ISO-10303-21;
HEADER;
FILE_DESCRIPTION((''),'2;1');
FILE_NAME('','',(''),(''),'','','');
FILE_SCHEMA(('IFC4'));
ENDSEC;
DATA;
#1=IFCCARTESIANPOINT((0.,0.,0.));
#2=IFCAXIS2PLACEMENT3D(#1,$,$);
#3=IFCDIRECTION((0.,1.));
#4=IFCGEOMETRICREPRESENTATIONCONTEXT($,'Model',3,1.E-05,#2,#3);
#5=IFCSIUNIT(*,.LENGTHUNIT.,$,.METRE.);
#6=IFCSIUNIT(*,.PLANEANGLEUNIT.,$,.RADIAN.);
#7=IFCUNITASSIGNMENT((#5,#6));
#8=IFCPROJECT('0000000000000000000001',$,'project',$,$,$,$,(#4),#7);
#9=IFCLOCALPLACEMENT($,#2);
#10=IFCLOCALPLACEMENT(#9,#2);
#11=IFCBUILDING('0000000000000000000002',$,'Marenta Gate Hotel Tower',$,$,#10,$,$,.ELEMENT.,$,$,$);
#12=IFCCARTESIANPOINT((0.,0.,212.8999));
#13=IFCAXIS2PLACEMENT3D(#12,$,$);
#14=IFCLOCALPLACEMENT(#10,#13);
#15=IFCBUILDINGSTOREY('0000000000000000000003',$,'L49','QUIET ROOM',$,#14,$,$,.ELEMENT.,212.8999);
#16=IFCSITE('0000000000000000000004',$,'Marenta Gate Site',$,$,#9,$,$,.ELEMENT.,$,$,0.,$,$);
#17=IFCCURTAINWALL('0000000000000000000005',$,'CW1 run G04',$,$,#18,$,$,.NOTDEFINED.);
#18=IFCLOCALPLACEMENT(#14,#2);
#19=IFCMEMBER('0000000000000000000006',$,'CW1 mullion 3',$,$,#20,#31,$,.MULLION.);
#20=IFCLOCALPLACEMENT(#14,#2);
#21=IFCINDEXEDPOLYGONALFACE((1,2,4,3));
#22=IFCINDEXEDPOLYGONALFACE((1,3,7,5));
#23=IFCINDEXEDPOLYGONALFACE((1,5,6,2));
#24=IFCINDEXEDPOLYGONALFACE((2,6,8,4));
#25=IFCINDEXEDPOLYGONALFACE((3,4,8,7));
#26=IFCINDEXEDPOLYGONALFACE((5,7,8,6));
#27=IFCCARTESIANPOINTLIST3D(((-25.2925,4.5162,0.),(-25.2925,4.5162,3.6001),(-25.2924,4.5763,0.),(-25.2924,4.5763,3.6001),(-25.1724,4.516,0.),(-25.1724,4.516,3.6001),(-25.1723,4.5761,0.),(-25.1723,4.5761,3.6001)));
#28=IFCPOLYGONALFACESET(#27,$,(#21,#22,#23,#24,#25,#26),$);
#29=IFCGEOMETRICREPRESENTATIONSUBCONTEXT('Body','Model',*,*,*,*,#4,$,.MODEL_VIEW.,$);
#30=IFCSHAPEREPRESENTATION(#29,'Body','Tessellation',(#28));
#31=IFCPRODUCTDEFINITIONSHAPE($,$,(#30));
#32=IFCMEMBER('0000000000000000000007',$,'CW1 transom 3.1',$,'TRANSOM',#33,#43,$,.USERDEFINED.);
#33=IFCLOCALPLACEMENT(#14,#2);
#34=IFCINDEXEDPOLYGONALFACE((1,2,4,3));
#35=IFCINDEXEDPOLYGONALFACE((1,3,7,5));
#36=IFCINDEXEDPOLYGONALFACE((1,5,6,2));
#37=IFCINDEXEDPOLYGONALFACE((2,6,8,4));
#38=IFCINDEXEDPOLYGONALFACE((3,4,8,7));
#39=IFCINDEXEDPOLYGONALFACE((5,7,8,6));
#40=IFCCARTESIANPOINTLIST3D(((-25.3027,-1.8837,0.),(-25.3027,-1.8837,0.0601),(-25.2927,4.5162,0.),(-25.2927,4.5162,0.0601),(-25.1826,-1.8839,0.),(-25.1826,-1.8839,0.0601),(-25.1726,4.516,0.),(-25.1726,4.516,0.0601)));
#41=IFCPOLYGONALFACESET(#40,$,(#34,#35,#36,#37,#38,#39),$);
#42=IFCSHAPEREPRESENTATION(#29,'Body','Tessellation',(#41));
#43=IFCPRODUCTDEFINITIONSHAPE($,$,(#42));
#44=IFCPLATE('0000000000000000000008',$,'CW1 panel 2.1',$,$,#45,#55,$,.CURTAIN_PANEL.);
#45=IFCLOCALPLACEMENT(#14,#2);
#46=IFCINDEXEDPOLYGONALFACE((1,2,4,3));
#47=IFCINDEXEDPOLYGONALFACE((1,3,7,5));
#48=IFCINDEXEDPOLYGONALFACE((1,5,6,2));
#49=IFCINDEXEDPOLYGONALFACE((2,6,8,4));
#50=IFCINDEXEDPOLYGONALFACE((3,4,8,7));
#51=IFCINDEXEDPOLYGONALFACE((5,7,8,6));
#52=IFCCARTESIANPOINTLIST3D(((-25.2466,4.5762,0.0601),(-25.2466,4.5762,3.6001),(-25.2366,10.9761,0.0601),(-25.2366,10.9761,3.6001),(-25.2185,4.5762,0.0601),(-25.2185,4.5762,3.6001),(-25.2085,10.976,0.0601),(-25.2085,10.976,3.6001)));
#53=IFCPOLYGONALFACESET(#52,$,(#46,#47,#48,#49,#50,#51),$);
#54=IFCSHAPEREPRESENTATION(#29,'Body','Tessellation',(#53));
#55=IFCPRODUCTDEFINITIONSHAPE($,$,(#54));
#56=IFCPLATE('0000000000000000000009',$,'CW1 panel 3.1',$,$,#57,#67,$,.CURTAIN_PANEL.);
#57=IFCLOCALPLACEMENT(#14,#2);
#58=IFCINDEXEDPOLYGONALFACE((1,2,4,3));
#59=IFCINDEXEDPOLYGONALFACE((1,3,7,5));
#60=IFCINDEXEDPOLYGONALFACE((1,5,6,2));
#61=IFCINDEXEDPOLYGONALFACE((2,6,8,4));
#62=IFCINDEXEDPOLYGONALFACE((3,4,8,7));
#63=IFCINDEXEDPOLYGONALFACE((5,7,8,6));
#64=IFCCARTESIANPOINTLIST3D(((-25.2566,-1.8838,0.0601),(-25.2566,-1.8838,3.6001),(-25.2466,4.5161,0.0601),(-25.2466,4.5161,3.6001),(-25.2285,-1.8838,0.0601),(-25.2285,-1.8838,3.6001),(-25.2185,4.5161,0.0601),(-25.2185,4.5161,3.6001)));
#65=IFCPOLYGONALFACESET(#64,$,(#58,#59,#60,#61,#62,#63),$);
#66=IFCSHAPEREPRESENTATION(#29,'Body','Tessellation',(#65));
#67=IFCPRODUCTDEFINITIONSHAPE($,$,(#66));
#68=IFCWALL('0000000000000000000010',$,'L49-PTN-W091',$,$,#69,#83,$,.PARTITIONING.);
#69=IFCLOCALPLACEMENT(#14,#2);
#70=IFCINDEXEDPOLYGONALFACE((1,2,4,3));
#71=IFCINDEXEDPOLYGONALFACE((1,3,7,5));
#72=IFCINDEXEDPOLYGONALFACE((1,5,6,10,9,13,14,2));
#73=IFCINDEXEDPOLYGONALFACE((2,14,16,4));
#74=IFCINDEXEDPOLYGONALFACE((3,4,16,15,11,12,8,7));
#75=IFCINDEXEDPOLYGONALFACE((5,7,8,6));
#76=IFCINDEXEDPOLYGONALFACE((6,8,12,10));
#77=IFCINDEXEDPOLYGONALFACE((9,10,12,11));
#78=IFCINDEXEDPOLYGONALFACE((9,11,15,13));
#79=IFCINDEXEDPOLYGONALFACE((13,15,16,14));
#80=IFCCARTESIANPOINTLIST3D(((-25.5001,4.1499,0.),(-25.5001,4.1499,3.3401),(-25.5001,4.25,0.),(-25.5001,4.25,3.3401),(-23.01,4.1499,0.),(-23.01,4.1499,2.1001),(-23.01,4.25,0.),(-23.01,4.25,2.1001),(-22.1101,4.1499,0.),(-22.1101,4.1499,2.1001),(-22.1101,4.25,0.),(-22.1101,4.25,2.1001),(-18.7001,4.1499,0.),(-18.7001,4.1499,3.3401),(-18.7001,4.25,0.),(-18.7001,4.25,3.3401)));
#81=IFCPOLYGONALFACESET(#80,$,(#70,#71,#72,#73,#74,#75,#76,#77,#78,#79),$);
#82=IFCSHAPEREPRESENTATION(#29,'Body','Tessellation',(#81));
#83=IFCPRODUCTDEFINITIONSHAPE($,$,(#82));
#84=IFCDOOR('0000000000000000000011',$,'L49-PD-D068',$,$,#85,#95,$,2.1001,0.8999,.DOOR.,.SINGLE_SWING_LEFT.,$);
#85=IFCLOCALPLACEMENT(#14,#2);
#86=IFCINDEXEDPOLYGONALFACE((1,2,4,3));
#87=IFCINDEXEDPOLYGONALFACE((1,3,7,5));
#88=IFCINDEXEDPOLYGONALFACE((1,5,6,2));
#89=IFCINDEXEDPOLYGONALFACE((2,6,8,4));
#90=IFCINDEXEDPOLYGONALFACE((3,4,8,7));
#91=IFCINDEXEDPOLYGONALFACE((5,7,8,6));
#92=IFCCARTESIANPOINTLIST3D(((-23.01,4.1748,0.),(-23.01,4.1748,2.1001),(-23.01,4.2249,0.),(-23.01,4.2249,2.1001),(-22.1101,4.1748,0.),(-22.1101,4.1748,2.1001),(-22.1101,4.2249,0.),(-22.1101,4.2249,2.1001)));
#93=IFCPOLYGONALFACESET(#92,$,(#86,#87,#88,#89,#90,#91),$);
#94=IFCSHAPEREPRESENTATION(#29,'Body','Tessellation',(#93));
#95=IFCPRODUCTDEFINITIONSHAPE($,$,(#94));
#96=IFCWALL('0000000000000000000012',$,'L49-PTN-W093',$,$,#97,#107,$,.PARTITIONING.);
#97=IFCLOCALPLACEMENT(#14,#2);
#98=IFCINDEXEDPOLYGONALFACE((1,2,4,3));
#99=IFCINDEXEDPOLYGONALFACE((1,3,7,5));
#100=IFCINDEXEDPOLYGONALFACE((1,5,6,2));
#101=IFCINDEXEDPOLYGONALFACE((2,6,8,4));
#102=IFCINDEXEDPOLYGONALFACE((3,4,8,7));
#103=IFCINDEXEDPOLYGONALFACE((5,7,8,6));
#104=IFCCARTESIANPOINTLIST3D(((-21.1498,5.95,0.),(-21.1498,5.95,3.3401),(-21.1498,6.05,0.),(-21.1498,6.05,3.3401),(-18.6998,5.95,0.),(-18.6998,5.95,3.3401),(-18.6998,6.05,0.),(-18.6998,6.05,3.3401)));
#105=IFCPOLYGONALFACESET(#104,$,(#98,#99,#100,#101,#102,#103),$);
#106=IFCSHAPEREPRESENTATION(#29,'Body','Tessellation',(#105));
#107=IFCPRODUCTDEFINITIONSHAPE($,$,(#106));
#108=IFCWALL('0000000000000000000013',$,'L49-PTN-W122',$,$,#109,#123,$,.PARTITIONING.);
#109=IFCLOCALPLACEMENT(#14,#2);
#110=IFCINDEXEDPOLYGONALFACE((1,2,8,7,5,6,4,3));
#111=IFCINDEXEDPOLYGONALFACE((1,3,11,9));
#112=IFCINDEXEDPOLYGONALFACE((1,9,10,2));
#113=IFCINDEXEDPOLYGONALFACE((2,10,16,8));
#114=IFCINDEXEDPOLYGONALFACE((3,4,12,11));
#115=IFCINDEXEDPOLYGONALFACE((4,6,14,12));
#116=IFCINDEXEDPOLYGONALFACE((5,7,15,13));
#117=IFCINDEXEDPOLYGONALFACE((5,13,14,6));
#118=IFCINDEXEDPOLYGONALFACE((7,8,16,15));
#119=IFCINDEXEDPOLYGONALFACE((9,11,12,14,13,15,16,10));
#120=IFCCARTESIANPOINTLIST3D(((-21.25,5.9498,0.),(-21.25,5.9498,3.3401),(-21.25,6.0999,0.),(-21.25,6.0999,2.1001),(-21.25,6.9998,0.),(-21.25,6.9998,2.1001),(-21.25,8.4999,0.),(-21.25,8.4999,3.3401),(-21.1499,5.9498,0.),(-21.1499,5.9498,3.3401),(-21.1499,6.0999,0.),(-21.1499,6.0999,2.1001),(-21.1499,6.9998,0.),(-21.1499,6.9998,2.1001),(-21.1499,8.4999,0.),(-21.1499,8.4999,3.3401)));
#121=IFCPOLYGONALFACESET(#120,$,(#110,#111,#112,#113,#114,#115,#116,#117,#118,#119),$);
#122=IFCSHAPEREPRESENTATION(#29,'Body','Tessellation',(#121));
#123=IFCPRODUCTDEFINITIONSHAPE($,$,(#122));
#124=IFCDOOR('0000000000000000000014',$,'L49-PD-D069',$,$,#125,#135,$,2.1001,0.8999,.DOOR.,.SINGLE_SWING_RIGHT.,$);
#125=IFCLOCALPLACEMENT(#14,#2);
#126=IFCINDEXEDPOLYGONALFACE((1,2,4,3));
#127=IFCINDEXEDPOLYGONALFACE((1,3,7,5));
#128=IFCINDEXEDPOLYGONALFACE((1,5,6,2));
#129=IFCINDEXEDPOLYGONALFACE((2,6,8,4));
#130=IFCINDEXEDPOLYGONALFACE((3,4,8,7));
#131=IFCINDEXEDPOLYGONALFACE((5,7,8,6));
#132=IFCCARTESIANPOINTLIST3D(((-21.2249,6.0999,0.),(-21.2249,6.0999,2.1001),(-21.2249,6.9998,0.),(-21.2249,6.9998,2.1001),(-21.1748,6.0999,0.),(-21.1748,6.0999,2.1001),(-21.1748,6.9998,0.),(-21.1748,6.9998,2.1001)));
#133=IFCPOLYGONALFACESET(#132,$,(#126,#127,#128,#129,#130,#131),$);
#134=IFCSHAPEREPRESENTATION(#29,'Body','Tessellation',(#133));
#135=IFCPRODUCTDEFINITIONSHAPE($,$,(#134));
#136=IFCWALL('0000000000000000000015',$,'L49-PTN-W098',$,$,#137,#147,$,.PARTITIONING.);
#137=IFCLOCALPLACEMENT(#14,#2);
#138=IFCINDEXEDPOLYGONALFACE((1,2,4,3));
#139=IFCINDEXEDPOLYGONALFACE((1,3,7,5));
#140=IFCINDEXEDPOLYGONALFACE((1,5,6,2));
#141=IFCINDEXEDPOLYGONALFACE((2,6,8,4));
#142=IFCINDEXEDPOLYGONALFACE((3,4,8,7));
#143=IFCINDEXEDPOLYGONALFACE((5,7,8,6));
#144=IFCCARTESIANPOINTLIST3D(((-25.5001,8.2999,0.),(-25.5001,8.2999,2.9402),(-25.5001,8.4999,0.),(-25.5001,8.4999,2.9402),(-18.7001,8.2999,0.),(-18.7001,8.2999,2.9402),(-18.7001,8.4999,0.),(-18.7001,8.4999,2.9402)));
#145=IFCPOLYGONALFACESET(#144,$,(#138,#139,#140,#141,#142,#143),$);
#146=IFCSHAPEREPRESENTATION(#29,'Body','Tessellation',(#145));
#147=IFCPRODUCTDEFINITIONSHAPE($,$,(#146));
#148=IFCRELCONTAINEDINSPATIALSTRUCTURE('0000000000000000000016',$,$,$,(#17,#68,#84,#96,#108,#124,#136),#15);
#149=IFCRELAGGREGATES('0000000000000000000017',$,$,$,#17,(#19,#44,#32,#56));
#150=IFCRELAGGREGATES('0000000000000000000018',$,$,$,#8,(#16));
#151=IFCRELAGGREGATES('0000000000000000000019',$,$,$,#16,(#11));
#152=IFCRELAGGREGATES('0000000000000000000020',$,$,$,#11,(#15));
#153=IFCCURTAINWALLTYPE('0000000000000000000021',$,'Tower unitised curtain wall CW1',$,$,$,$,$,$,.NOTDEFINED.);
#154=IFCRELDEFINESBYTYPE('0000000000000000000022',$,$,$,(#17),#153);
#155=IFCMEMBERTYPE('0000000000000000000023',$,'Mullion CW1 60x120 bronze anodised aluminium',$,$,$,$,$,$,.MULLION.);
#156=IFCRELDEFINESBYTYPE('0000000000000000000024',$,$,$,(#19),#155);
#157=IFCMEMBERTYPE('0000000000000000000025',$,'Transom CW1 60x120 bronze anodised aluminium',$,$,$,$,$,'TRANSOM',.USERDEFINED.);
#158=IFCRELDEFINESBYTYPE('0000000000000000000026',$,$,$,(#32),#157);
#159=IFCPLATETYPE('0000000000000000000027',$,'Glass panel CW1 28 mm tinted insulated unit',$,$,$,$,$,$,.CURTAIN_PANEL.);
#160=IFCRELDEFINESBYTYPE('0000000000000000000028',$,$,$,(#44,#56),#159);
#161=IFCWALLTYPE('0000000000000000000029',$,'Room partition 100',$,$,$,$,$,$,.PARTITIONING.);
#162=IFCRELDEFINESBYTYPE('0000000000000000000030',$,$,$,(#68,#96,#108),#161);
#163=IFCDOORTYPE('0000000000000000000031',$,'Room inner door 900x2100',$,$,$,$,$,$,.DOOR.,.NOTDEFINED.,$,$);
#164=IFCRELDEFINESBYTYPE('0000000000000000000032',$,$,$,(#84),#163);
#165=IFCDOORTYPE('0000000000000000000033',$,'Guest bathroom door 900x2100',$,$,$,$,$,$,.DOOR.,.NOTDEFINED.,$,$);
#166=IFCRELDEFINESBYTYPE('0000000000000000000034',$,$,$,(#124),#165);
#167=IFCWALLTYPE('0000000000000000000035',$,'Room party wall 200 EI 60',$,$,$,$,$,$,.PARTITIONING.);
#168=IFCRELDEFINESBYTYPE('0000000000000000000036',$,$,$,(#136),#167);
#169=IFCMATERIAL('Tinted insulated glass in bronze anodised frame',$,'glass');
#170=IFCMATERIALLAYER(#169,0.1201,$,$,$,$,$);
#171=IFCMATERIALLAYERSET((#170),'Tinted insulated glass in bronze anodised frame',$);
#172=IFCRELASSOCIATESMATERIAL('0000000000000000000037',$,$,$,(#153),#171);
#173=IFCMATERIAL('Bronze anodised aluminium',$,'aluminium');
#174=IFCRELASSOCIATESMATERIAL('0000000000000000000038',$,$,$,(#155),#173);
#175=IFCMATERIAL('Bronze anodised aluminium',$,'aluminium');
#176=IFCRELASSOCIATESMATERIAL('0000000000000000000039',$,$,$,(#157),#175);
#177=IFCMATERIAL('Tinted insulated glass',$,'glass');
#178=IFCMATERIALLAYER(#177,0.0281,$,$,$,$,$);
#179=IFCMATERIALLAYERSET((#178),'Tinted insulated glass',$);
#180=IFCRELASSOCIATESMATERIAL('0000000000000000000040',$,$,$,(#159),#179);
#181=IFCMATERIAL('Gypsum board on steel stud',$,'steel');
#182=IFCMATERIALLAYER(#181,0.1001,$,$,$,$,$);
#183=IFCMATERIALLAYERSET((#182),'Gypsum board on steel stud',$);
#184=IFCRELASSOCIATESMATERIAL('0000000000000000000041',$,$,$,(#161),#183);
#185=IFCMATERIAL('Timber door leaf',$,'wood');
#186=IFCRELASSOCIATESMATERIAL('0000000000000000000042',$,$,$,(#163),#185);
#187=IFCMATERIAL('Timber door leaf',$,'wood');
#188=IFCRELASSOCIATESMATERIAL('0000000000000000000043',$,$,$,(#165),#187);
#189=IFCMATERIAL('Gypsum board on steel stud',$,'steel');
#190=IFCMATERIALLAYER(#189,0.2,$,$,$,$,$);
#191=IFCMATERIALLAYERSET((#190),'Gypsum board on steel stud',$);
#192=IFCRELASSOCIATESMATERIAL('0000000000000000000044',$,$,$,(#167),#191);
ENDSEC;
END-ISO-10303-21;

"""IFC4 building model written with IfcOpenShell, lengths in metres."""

from ifc_helpers import new_model, si_unit, direction, frame, frame_2d, origin, origin_2d, place, context, subcontext, project, spatial, rectangle, extrude, material, layer, layer_set, material_profile, profile_set, type_object, element, fill, aggregate, save


model = new_model("IFC4")

# Units and contexts
model_context = context("Model", 3, precision=1e-05, world=origin(), true_north=direction((0.0, 1.0)))
body_context = subcontext(model_context, "Body", "Model", "MODEL_VIEW")
ifc_project = project(units=[si_unit("LENGTHUNIT", "METRE"), si_unit("PLANEANGLEUNIT", "RADIAN")], contexts=[model_context])

# Site, building, storey
site_placement = place(None, origin())
site = spatial("IfcSite", under=ifc_project, at=site_placement, Name="Marenta Gate Site", CompositionType="ELEMENT", RefElevation=0.0)
building_placement = place(site_placement, origin())
building = spatial("IfcBuilding", under=site, at=building_placement, Name="Marenta Gate Hotel Tower", CompositionType="ELEMENT")
storey_placement = place(building_placement, frame((0.0, 0.0, 212.8999)))
storey = spatial("IfcBuildingStorey", under=building, at=storey_placement, Name="L49", Description="QUIET ROOM", CompositionType="ELEMENT", Elevation=212.8999)

# Curtain wall, members, plates
ifc_material_1 = material(Name="Tinted insulated glass in bronze anodised frame", Category="glass")
ifc_layer_1 = layer(ifc_material_1, 0.1201)
ifc_layer_set_1 = layer_set([ifc_layer_1], Name="Tinted insulated glass in bronze anodised frame")
curtain_wall_type = type_object("IfcCurtainWallType", Name="Tower unitised curtain wall CW1", PredefinedType="NOTDEFINED", material=ifc_layer_set_1)
curtain_wall_placement = place(storey_placement, origin())
curtain_wall = element("IfcCurtainWall", 1, at=curtain_wall_placement, inside=storey, type_object=curtain_wall_type, Name="CW1 run G04", PredefinedType="NOTDEFINED")
ifc_material_2 = material(Name="Bronze anodised aluminium", Category="aluminium")
ifc_material_profile_1 = material_profile(ifc_material_2, rectangle(XDim=0.1201, YDim=0.0601, at=origin_2d()), Name="Mullion CW1 60x120 bronze anodised aluminium")
ifc_profile_set_1 = profile_set([ifc_material_profile_1], Name="Bronze anodised aluminium")
member_type_1 = type_object("IfcMemberType", Name="Mullion CW1 60x120 bronze anodised aluminium", PredefinedType="MULLION", material=ifc_profile_set_1)
member_1_placement = place(storey_placement, frame((-25.2324, 4.5461, 0.0), z_axis=(0.0, 0.0, 1.0), x_axis=(0.999999, -0.001566, 0.0)))
member_1 = element("IfcMember", 2, at=member_1_placement, type_object=member_type_1, Name="CW1 mullion 3", PredefinedType="MULLION", context=body_context, shape_type="SweptSolid", body=[
    extrude(rectangle(XDim=0.1201, YDim=0.0601, at=origin_2d()), origin(), (0.0, 0.0, 1.0), 3.6001),
])
ifc_material_3 = material(Name="Bronze anodised aluminium", Category="aluminium")
ifc_material_profile_2 = material_profile(ifc_material_3, rectangle(XDim=0.1201, YDim=0.0601, at=origin_2d()), Name="Transom CW1 60x120 bronze anodised aluminium")
ifc_profile_set_2 = profile_set([ifc_material_profile_2], Name="Bronze anodised aluminium")
member_type_2 = type_object("IfcMemberType", Name="Transom CW1 60x120 bronze anodised aluminium", ElementType="TRANSOM", PredefinedType="USERDEFINED", material=ifc_profile_set_2)
member_2_placement = place(storey_placement, frame((-25.2327, 4.5161, 0.03), z_axis=(-0.001564, -0.999999, 0.0), x_axis=(0.999999, -0.001564, 0.0)))
member_2 = element("IfcMember", 3, at=member_2_placement, type_object=member_type_2, Name="CW1 transom 3.1", ObjectType="TRANSOM", PredefinedType="USERDEFINED", context=body_context, shape_type="SweptSolid", body=[
    extrude(rectangle(XDim=0.1201, YDim=0.0601, at=origin_2d()), origin(), (0.0, 0.0, 1.0), 6.3999),
])
ifc_material_4 = material(Name="Tinted insulated glass", Category="glass")
ifc_layer_2 = layer(ifc_material_4, 0.0281)
ifc_layer_set_2 = layer_set([ifc_layer_2], Name="Tinted insulated glass")
plate_type = type_object("IfcPlateType", Name="Glass panel CW1 28 mm tinted insulated unit", PredefinedType="CURTAIN_PANEL", material=ifc_layer_set_2)
plate_1_placement = place(storey_placement, frame((-25.2275, 7.7761, 0.0601), z_axis=(0.0, 0.0, 1.0), x_axis=(-0.001566, -0.999999, 0.0)))
plate_1 = element("IfcPlate", 4, at=plate_1_placement, type_object=plate_type, Name="CW1 panel 2.1", PredefinedType="CURTAIN_PANEL", context=body_context, shape_type="SweptSolid", body=[
    extrude(rectangle(XDim=6.3999, YDim=0.0281, at=origin_2d()), origin(), (0.0, 0.0, 1.0), 3.54),
])
plate_2_placement = place(storey_placement, frame((-25.2375, 1.3162, 0.0601), z_axis=(0.0, 0.0, 1.0), x_axis=(-0.001566, -0.999999, 0.0)))
plate_2 = element("IfcPlate", 5, at=plate_2_placement, type_object=plate_type, Name="CW1 panel 3.1", PredefinedType="CURTAIN_PANEL", context=body_context, shape_type="SweptSolid", body=[
    extrude(rectangle(XDim=6.3999, YDim=0.0281, at=origin_2d()), origin(), (0.0, 0.0, 1.0), 3.54),
])
aggregate(curtain_wall, [member_1, plate_1, member_2, plate_2])

# Wall, opening, door
ifc_material_5 = material(Name="Gypsum board on steel stud", Category="steel")
ifc_layer_3 = layer(ifc_material_5, 0.1001)
ifc_layer_set_3 = layer_set([ifc_layer_3], Name="Gypsum board on steel stud")
wall_type_1 = type_object("IfcWallType", Name="Room partition 100", PredefinedType="PARTITIONING", material=ifc_layer_set_3)
wall_1_placement = place(storey_placement, frame((-25.5, 4.2, 0.0), z_axis=(0.0, 0.0, 1.0), x_axis=(1.0, 0.0, 0.0)))
wall_1 = element("IfcWall", 6, at=wall_1_placement, inside=storey, type_object=wall_type_1, Name="L49-PTN-W091", PredefinedType="PARTITIONING", context=body_context, shape_type="SweptSolid", body=[
    extrude(rectangle(XDim=6.8, YDim=0.1001, at=frame_2d((3.3999, 0.0))), origin(), (0.0, 0.0, 1.0), 3.3401),
])
opening_1_placement = place(wall_1_placement, frame((2.49, 0.0, 0.0)))
opening_1 = element("IfcOpeningElement", 7, at=opening_1_placement, cuts=wall_1, PredefinedType="OPENING", context=body_context, shape_type="SweptSolid", body=[
    extrude(rectangle(XDim=0.8999, YDim=2.1001, at=frame_2d((0.45, 1.05))), frame((0.0, 0.05, 0.0), z_axis=(0.0, -1.0, 0.0), x_axis=(1.0, 0.0, 0.0)), (0.0, 0.0, 1.0), 0.1001),
])
ifc_material_6 = material(Name="Timber door leaf", Category="wood")
door_type_1 = type_object("IfcDoorType", Name="Room inner door 900x2100", OperationType="NOTDEFINED", PredefinedType="DOOR", material=ifc_material_6)
door_1_placement = place(opening_1_placement, origin())
door_1 = element("IfcDoor", 8, at=door_1_placement, inside=storey, type_object=door_type_1, Name="L49-PD-D068", OperationType="SINGLE_SWING_LEFT", OverallHeight=2.1001, OverallWidth=0.8999, PredefinedType="DOOR", context=body_context, shape_type="SweptSolid", body=[
    extrude(rectangle(XDim=0.8999, YDim=2.1001, at=frame_2d((0.45, 1.05))), frame((0.0, 0.0249, 0.0), z_axis=(0.0, -1.0, 0.0), x_axis=(1.0, 0.0, 0.0)), (0.0, 0.0, 1.0), 0.05),
])
fill(opening_1, door_1)

# Wall
wall_2_placement = place(storey_placement, frame((-21.1499, 6.0, 0.0), z_axis=(0.0, 0.0, 1.0), x_axis=(1.0, 0.0, 0.0)))
element("IfcWall", 9, at=wall_2_placement, inside=storey, type_object=wall_type_1, Name="L49-PTN-W093", PredefinedType="PARTITIONING", context=body_context, shape_type="SweptSolid", body=[
    extrude(rectangle(XDim=2.45, YDim=0.1001, at=frame_2d((1.2251, 0.0))), origin(), (0.0, 0.0, 1.0), 3.3401),
])

# Wall, opening, door
wall_3_placement = place(storey_placement, frame((-21.2, 5.95, 0.0), z_axis=(0.0, 0.0, 1.0), x_axis=(0.0, 1.0, 0.0)))
wall_3 = element("IfcWall", 10, at=wall_3_placement, inside=storey, type_object=wall_type_1, Name="L49-PTN-W122", PredefinedType="PARTITIONING", context=body_context, shape_type="SweptSolid", body=[
    extrude(rectangle(XDim=2.55, YDim=0.1001, at=frame_2d((1.2749, 0.0))), origin(), (0.0, 0.0, 1.0), 3.3401),
])
opening_2_placement = place(wall_3_placement, frame((0.1499, 0.0, 0.0)))
opening_2 = element("IfcOpeningElement", 11, at=opening_2_placement, cuts=wall_3, PredefinedType="OPENING", context=body_context, shape_type="SweptSolid", body=[
    extrude(rectangle(XDim=0.8999, YDim=2.1001, at=frame_2d((0.45, 1.05))), frame((0.0, 0.05, 0.0), z_axis=(0.0, -1.0, 0.0), x_axis=(1.0, 0.0, 0.0)), (0.0, 0.0, 1.0), 0.1001),
])
ifc_material_7 = material(Name="Timber door leaf", Category="wood")
door_type_2 = type_object("IfcDoorType", Name="Guest bathroom door 900x2100", OperationType="NOTDEFINED", PredefinedType="DOOR", material=ifc_material_7)
door_2_placement = place(opening_2_placement, origin())
door_2 = element("IfcDoor", 12, at=door_2_placement, inside=storey, type_object=door_type_2, Name="L49-PD-D069", OperationType="SINGLE_SWING_RIGHT", OverallHeight=2.1001, OverallWidth=0.8999, PredefinedType="DOOR", context=body_context, shape_type="SweptSolid", body=[
    extrude(rectangle(XDim=0.8999, YDim=2.1001, at=frame_2d((0.45, 1.05))), frame((0.0, 0.0249, 0.0), z_axis=(0.0, -1.0, 0.0), x_axis=(1.0, 0.0, 0.0)), (0.0, 0.0, 1.0), 0.05),
])
fill(opening_2, door_2)

# Wall
ifc_material_8 = material(Name="Gypsum board on steel stud", Category="steel")
ifc_layer_4 = layer(ifc_material_8, 0.2)
ifc_layer_set_4 = layer_set([ifc_layer_4], Name="Gypsum board on steel stud")
wall_type_2 = type_object("IfcWallType", Name="Room party wall 200 EI 60", PredefinedType="PARTITIONING", material=ifc_layer_set_4)
wall_4_placement = place(storey_placement, frame((-25.5, 8.3999, 0.0), z_axis=(0.0, 0.0, 1.0), x_axis=(1.0, 0.0, 0.0)))
element("IfcWall", 13, at=wall_4_placement, inside=storey, type_object=wall_type_2, Name="L49-PTN-W098", PredefinedType="PARTITIONING", context=body_context, shape_type="SweptSolid", body=[
    extrude(rectangle(XDim=6.8, YDim=0.2, at=frame_2d((3.3999, 0.0))), origin(), (0.0, 0.0, 1.0), 2.9402),
])

save(model, "model.ifc")
